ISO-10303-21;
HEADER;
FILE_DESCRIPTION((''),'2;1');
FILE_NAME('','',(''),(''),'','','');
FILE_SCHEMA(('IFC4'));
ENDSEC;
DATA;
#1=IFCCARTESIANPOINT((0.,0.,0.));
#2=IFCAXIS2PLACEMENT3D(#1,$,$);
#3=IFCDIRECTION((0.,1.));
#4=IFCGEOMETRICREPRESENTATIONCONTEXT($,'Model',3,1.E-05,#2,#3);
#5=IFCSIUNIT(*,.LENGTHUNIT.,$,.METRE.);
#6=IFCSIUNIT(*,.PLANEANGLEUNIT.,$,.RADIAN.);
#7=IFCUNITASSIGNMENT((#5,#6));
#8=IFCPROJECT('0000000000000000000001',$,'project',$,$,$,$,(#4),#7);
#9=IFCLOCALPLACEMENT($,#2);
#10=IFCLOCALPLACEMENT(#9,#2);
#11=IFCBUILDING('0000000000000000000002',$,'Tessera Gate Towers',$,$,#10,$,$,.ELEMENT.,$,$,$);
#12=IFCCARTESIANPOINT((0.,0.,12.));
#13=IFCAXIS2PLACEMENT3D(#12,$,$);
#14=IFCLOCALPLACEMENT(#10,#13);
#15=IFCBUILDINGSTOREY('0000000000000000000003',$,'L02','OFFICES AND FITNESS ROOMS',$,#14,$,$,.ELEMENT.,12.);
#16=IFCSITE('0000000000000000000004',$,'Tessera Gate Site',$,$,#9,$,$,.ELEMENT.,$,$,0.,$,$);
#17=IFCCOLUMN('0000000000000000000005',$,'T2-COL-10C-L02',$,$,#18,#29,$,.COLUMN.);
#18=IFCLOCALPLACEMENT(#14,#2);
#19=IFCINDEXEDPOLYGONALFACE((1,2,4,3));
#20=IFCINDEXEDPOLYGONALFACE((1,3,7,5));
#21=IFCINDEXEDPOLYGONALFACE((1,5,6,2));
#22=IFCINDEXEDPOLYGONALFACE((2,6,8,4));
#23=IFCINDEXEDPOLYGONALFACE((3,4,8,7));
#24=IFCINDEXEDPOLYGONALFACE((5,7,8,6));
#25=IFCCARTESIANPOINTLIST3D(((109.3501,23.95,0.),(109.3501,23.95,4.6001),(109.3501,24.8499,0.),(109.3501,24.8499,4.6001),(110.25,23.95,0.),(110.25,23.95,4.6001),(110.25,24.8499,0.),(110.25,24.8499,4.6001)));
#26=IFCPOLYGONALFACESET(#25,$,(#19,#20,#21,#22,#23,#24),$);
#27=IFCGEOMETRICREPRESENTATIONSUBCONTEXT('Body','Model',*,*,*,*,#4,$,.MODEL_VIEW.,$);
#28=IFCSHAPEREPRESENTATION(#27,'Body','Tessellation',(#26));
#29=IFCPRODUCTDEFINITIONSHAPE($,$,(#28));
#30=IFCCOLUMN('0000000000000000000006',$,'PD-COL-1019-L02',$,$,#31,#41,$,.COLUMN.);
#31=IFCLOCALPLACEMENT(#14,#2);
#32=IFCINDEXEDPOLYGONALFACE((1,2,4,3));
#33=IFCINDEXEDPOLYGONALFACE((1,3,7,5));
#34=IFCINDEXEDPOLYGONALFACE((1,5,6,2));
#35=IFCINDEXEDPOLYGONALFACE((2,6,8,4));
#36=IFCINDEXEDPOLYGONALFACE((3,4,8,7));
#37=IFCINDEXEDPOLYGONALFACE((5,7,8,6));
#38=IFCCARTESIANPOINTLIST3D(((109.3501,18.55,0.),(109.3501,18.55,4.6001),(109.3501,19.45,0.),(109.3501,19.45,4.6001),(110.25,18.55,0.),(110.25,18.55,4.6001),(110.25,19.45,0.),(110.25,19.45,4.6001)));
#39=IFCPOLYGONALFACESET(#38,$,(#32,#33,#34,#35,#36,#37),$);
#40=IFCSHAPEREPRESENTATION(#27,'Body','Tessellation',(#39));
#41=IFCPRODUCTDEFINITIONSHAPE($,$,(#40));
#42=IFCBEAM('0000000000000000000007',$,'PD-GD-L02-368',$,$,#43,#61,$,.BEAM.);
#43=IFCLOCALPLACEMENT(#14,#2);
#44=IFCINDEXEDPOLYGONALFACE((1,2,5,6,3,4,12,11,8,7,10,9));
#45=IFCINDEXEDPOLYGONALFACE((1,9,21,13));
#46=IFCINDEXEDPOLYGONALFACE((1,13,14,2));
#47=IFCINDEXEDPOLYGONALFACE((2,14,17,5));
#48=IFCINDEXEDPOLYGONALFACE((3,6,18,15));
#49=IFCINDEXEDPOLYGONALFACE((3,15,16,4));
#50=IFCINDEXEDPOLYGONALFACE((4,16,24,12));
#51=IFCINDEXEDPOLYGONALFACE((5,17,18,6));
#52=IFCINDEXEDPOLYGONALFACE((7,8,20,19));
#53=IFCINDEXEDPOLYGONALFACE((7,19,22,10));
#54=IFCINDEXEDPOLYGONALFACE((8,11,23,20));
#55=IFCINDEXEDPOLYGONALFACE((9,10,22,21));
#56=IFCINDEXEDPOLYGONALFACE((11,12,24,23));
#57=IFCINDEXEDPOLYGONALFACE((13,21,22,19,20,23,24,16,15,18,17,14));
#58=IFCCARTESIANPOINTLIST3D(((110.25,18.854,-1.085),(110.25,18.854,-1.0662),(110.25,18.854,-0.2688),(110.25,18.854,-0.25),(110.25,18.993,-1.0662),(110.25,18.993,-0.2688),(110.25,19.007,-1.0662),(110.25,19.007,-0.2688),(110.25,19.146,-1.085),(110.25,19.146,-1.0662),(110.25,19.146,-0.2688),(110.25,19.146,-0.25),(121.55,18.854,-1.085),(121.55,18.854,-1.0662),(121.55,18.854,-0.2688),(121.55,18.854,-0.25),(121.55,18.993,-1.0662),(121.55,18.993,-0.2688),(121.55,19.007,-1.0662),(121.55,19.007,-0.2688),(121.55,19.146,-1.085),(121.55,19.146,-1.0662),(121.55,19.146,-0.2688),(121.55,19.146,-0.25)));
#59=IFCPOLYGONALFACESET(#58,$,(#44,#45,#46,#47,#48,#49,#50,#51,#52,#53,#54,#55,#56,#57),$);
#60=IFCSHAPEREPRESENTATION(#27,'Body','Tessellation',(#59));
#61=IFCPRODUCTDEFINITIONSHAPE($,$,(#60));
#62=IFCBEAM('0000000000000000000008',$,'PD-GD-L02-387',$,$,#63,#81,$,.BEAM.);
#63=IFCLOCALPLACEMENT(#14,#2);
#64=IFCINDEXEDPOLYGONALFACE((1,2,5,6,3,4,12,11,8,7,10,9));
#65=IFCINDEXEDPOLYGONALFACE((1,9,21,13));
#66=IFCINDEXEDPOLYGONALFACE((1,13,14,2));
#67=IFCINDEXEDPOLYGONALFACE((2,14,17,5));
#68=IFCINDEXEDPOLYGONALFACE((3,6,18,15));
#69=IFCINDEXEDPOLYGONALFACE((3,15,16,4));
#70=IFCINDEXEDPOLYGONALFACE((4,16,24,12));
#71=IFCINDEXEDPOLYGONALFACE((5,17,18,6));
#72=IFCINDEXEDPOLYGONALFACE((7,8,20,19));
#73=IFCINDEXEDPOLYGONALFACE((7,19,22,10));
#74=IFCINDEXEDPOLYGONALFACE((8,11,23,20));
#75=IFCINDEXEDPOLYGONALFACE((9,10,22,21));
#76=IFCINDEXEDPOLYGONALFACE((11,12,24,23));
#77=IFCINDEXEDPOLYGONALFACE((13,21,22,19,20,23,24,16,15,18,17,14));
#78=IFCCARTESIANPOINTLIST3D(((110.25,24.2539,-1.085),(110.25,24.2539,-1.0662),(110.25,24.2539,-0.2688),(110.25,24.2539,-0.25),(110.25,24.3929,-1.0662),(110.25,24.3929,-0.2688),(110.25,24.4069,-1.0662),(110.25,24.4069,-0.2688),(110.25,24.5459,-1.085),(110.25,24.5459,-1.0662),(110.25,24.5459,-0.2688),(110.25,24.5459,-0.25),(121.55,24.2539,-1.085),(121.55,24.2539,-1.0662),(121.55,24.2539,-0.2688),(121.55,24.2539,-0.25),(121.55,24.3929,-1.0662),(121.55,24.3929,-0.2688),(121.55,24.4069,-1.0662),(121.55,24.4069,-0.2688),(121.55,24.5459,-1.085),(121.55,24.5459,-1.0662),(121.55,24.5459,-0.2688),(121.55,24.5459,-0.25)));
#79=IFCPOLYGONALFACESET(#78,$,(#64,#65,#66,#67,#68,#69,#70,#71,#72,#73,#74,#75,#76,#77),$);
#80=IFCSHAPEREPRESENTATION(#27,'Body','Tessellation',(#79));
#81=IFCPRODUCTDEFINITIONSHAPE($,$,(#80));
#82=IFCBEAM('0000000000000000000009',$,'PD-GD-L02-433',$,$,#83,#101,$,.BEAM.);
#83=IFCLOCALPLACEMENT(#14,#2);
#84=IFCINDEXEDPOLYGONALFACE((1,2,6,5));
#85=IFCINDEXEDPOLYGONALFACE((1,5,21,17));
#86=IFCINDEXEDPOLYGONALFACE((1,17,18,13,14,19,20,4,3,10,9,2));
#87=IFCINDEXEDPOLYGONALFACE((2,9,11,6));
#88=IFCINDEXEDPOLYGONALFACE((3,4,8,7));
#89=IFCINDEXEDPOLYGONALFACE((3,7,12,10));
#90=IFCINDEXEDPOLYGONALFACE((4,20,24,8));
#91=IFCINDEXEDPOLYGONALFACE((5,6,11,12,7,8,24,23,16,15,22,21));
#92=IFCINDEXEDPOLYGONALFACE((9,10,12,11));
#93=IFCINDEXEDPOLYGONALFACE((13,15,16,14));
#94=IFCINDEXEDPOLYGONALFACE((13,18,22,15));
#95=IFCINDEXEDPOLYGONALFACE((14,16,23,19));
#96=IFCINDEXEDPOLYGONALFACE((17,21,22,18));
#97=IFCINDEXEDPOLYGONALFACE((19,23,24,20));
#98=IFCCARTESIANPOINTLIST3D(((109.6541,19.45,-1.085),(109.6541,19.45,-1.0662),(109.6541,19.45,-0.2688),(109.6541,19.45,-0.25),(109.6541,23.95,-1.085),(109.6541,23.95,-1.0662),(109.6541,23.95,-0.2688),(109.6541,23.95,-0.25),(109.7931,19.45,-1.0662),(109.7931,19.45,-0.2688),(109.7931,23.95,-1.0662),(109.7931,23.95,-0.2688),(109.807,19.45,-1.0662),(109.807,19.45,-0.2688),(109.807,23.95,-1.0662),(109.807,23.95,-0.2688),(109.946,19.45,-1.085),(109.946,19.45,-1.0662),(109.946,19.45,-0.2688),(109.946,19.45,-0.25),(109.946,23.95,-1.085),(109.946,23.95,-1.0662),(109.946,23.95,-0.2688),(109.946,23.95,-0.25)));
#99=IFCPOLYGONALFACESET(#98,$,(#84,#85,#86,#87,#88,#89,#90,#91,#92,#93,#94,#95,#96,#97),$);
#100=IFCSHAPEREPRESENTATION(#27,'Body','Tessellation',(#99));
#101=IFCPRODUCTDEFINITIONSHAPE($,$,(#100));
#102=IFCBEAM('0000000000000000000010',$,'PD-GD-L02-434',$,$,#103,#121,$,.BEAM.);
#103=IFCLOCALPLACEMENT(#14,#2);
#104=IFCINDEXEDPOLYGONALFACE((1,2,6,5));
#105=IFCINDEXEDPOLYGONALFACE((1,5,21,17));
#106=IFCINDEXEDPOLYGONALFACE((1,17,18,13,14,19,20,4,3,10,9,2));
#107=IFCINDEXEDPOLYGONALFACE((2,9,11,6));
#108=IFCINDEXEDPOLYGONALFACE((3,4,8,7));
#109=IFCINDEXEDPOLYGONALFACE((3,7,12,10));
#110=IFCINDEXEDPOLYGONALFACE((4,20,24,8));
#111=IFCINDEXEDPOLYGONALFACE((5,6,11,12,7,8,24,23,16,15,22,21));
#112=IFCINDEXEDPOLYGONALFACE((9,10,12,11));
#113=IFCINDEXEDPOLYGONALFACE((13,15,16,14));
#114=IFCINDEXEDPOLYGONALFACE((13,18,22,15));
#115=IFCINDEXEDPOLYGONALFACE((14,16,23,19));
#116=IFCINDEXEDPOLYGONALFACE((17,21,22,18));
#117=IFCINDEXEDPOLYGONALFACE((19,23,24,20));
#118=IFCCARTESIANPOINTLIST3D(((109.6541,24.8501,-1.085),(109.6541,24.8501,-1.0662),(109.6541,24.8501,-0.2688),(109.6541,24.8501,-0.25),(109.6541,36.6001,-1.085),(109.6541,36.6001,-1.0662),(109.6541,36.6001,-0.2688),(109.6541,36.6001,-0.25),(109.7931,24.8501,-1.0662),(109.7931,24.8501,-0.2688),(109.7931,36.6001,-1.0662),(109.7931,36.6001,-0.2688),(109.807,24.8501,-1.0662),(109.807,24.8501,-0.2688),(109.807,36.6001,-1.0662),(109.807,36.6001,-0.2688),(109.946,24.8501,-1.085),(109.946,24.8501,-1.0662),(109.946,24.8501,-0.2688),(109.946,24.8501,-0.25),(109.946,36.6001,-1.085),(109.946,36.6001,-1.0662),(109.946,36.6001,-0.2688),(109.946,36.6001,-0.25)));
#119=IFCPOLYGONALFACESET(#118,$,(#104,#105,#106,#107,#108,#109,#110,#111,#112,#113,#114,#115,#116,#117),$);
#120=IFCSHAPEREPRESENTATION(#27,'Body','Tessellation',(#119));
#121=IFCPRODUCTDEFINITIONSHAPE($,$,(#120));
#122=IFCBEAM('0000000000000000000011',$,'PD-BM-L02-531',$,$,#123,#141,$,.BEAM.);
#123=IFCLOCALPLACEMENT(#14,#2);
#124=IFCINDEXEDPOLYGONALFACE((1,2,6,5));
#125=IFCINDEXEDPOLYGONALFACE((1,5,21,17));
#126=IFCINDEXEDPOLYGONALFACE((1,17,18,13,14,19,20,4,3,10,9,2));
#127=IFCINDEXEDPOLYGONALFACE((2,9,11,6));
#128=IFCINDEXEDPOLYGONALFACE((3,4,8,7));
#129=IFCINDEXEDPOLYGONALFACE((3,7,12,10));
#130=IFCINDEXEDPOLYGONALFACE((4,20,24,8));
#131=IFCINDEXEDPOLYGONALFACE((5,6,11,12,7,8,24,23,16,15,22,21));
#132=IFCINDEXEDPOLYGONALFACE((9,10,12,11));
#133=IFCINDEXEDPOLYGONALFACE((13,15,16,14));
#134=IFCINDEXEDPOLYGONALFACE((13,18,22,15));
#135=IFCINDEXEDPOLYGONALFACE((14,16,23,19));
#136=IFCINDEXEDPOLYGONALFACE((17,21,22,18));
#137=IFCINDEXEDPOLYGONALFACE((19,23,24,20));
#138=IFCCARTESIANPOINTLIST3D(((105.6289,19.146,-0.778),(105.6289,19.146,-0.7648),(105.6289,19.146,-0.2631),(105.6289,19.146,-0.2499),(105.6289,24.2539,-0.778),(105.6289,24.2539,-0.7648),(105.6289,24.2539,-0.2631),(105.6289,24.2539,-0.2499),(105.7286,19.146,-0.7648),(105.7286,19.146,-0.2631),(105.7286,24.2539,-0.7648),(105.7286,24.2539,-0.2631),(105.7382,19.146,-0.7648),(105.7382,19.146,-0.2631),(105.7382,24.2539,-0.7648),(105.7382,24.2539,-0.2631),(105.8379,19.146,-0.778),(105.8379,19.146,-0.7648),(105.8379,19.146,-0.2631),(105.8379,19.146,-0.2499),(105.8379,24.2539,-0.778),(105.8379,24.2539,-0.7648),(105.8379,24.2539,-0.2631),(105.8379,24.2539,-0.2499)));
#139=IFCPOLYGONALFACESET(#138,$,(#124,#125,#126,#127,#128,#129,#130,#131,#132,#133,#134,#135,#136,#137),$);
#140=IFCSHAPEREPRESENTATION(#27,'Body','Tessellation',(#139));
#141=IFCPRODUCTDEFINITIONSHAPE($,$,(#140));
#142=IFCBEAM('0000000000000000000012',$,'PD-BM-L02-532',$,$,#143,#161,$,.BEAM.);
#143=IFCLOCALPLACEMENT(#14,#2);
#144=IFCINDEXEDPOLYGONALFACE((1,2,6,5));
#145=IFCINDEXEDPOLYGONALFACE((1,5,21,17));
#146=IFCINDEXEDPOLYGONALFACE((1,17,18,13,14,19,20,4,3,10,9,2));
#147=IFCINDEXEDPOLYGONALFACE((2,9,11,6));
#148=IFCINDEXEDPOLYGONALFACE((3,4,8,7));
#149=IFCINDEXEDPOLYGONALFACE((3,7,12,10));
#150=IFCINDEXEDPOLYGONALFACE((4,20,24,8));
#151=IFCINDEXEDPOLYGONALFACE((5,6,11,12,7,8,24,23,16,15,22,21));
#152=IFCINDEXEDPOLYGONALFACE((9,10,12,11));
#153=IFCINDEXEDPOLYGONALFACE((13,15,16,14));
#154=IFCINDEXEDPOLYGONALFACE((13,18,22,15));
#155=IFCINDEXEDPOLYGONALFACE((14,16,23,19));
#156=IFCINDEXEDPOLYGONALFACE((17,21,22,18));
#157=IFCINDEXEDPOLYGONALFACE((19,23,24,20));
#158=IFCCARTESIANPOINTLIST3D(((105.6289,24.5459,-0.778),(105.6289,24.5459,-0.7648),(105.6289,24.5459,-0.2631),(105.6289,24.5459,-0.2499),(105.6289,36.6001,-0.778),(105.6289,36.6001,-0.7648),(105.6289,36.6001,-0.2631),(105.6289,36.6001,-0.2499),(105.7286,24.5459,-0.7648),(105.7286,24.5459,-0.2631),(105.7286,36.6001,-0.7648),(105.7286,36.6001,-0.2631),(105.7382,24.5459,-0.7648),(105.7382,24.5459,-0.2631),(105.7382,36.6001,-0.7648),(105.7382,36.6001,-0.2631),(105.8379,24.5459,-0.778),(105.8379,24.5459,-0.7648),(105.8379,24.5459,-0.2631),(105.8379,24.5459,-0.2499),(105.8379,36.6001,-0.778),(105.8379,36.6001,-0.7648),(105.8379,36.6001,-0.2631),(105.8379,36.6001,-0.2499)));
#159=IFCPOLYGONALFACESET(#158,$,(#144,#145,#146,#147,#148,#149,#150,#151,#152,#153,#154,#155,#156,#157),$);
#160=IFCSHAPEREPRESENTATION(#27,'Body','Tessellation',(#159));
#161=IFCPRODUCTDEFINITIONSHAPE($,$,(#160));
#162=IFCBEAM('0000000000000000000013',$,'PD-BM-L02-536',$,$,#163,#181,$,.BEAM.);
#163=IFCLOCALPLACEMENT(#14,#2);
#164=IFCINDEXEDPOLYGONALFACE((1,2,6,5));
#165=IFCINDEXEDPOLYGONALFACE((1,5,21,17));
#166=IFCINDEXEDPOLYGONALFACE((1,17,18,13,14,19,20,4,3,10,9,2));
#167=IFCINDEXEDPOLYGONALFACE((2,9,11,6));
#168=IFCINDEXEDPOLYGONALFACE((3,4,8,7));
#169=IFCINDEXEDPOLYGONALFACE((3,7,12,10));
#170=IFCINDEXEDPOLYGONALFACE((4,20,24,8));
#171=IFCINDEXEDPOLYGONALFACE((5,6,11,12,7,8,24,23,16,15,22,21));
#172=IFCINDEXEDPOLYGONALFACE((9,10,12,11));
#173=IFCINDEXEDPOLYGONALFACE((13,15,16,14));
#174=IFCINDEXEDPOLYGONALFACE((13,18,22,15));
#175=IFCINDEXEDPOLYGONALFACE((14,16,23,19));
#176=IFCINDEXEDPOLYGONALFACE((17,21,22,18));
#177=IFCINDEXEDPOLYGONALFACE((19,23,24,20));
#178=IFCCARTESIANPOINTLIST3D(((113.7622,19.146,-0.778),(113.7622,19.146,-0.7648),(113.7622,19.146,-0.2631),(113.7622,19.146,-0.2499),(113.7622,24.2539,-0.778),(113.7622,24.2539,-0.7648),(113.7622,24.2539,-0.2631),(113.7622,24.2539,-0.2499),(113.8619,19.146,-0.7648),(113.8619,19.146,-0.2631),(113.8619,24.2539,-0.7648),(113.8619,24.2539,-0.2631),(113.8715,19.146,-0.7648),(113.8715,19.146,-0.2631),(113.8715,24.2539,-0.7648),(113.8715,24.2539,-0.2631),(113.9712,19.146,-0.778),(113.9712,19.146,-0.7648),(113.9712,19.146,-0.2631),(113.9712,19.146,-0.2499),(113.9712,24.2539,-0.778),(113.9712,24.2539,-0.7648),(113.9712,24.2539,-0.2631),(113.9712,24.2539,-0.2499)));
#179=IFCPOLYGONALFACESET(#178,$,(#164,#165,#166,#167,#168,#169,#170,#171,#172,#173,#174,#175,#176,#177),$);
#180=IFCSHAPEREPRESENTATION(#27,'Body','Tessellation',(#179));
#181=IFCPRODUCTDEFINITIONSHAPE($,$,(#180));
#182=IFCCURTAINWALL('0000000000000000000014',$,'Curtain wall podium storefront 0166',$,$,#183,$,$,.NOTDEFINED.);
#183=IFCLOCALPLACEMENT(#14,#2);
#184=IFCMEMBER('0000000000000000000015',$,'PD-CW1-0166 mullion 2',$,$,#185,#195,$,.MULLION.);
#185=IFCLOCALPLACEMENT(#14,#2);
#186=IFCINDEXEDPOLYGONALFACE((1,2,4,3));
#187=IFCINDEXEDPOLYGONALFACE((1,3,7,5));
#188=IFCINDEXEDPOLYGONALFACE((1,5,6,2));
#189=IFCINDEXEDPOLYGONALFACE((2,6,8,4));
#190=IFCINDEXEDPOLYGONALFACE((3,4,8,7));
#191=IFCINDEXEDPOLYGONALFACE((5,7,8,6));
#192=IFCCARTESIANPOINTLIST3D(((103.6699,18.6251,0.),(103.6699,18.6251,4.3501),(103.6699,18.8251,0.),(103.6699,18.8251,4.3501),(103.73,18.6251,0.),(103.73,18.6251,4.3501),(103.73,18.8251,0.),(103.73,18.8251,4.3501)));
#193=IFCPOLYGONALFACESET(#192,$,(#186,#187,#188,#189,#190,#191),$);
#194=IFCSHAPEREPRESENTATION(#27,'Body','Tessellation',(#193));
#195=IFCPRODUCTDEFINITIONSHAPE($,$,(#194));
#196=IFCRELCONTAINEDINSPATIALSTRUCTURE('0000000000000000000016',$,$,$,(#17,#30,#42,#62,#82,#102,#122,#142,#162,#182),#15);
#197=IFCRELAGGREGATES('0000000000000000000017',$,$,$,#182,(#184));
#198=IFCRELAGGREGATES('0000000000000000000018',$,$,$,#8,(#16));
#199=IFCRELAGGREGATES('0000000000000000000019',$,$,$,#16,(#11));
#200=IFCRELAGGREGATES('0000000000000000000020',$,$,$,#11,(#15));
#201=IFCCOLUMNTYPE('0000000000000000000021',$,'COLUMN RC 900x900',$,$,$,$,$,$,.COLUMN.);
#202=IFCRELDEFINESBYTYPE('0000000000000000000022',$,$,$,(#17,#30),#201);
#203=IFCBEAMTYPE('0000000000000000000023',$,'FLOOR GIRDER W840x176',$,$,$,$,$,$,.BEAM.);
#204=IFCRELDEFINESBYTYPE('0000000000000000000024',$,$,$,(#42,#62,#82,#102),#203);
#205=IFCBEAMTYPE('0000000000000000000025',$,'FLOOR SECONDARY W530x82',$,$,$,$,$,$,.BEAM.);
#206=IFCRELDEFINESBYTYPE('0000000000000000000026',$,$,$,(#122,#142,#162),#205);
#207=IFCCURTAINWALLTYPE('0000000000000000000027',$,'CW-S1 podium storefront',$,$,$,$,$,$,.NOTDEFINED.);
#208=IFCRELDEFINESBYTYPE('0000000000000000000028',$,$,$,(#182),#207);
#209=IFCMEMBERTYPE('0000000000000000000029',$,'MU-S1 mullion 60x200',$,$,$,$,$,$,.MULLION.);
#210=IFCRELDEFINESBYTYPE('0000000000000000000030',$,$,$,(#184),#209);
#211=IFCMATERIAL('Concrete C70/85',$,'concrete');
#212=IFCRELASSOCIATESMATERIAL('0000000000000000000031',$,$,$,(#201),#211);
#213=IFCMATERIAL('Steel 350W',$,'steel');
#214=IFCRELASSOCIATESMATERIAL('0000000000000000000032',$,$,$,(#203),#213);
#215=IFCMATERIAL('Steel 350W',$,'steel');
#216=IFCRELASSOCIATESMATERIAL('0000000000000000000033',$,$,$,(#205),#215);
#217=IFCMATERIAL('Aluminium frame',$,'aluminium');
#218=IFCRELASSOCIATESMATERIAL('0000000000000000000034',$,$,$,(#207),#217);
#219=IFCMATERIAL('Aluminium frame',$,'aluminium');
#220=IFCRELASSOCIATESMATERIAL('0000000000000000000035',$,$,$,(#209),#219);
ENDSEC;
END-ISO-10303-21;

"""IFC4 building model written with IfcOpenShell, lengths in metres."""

from ifc_helpers import new_model, si_unit, direction, frame, origin, origin_2d, place, context, subcontext, project, spatial, rectangle, i_section, extrude, material, material_profile, profile_set, type_object, element, aggregate, save


model = new_model("IFC4")

# Units and contexts
model_context = context("Model", 3, precision=1e-05, world=origin(), true_north=direction((0.0, 1.0)))
body_context = subcontext(model_context, "Body", "Model", "MODEL_VIEW")
ifc_project = project(units=[si_unit("LENGTHUNIT", "METRE"), si_unit("PLANEANGLEUNIT", "RADIAN")], contexts=[model_context])

# Site, building, storey
site_placement = place(None, origin())
site = spatial("IfcSite", under=ifc_project, at=site_placement, Name="Tessera Gate Site", CompositionType="ELEMENT", RefElevation=0.0)
building_placement = place(site_placement, origin())
building = spatial("IfcBuilding", under=site, at=building_placement, Name="Tessera Gate Towers", CompositionType="ELEMENT")
storey_placement = place(building_placement, frame((0.0, 0.0, 12.0)))
storey = spatial("IfcBuildingStorey", under=building, at=storey_placement, Name="L02", Description="OFFICES AND FITNESS ROOMS", CompositionType="ELEMENT", Elevation=12.0)

# Columns
ifc_material_1 = material(Name="Concrete C70/85", Category="concrete")
ifc_material_profile_1 = material_profile(ifc_material_1, rectangle(XDim=0.8999, YDim=0.8999, at=origin_2d()), Name="RC 900x900")
ifc_profile_set_1 = profile_set([ifc_material_profile_1], Name="Concrete C70/85")
column_type = type_object("IfcColumnType", Name="COLUMN RC 900x900", PredefinedType="COLUMN", material=ifc_profile_set_1)
for number, where, z_axis, x_axis, name in (
    (1, (109.8, 24.3999, 0.0), (0.0, 0.0, 1.0), (1.0, 0.0, 0.0), "T2-COL-10C-L02"),
    (2, (109.8, 19.0, 0.0), (0.0, 0.0, 1.0), (1.0, 0.0, 0.0), "PD-COL-1019-L02"),
):
    element("IfcColumn", number, at=place(storey_placement, frame(where, z_axis=z_axis, x_axis=x_axis)), inside=storey, type_object=column_type, Name=name, PredefinedType="COLUMN", context=body_context, shape_type="SweptSolid", body=[
        extrude(rectangle(XDim=0.8999, YDim=0.8999, at=origin_2d()), origin(), (0.0, 0.0, 1.0), 4.6001),
    ])

# Beams
ifc_material_2 = material(Name="Steel 350W", Category="steel")
ifc_material_profile_2 = material_profile(ifc_material_2, i_section(OverallWidth=0.292, OverallDepth=0.835, WebThickness=0.0139, FlangeThickness=0.0188, at=origin_2d()), Name="W840x176")
ifc_profile_set_2 = profile_set([ifc_material_profile_2], Name="Steel 350W")
beam_type_1 = type_object("IfcBeamType", Name="FLOOR GIRDER W840x176", PredefinedType="BEAM", material=ifc_profile_set_2)
for number, where, z_axis, x_axis, name in (
    (3, (110.25, 19.0, -0.6675), (1.0, 0.0, 0.0), (0.0, 1.0, 0.0), "PD-GD-L02-368"),
    (4, (110.25, 24.3999, -0.6675), (1.0, 0.0, 0.0), (0.0, 1.0, 0.0), "PD-GD-L02-387"),
):
    element("IfcBeam", number, at=place(storey_placement, frame(where, z_axis=z_axis, x_axis=x_axis)), inside=storey, type_object=beam_type_1, Name=name, PredefinedType="BEAM", context=body_context, shape_type="SweptSolid", body=[
        extrude(i_section(OverallWidth=0.292, OverallDepth=0.835, WebThickness=0.0139, FlangeThickness=0.0188, at=origin_2d()), origin(), (0.0, 0.0, 1.0), 11.3),
    ])
beam_1_placement = place(storey_placement, frame((109.8, 19.45, -0.6675), z_axis=(0.0, 1.0, 0.0), x_axis=(-1.0, 0.0, 0.0)))
element("IfcBeam", 5, at=beam_1_placement, inside=storey, type_object=beam_type_1, Name="PD-GD-L02-433", PredefinedType="BEAM", context=body_context, shape_type="SweptSolid", body=[
    extrude(i_section(OverallWidth=0.292, OverallDepth=0.835, WebThickness=0.0139, FlangeThickness=0.0188, at=origin_2d()), origin(), (0.0, 0.0, 1.0), 4.5),
])
beam_2_placement = place(storey_placement, frame((109.8, 24.8501, -0.6675), z_axis=(0.0, 1.0, 0.0), x_axis=(-1.0, 0.0, 0.0)))
element("IfcBeam", 6, at=beam_2_placement, inside=storey, type_object=beam_type_1, Name="PD-GD-L02-434", PredefinedType="BEAM", context=body_context, shape_type="SweptSolid", body=[
    extrude(i_section(OverallWidth=0.292, OverallDepth=0.835, WebThickness=0.0139, FlangeThickness=0.0188, at=origin_2d()), origin(), (0.0, 0.0, 1.0), 11.75),
])
ifc_material_3 = material(Name="Steel 350W", Category="steel")
ifc_material_profile_3 = material_profile(ifc_material_3, i_section(OverallWidth=0.209, OverallDepth=0.5281, WebThickness=0.0095, FlangeThickness=0.0132, at=origin_2d()), Name="W530x82")
ifc_profile_set_3 = profile_set([ifc_material_profile_3], Name="Steel 350W")
beam_type_2 = type_object("IfcBeamType", Name="FLOOR SECONDARY W530x82", PredefinedType="BEAM", material=ifc_profile_set_3)
beam_3_placement = place(storey_placement, frame((105.7334, 19.146, -0.5139), z_axis=(0.0, 1.0, 0.0), x_axis=(-1.0, 0.0, 0.0)))
element("IfcBeam", 7, at=beam_3_placement, inside=storey, type_object=beam_type_2, Name="PD-BM-L02-531", PredefinedType="BEAM", context=body_context, shape_type="SweptSolid", body=[
    extrude(i_section(OverallWidth=0.209, OverallDepth=0.5281, WebThickness=0.0095, FlangeThickness=0.0132, at=origin_2d()), origin(), (0.0, 0.0, 1.0), 5.1079),
])
beam_4_placement = place(storey_placement, frame((105.7334, 24.5459, -0.5139), z_axis=(0.0, 1.0, 0.0), x_axis=(-1.0, 0.0, 0.0)))
element("IfcBeam", 8, at=beam_4_placement, inside=storey, type_object=beam_type_2, Name="PD-BM-L02-532", PredefinedType="BEAM", context=body_context, shape_type="SweptSolid", body=[
    extrude(i_section(OverallWidth=0.209, OverallDepth=0.5281, WebThickness=0.0095, FlangeThickness=0.0132, at=origin_2d()), origin(), (0.0, 0.0, 1.0), 12.0542),
])
beam_5_placement = place(storey_placement, frame((113.8667, 19.146, -0.5139), z_axis=(0.0, 1.0, 0.0), x_axis=(-1.0, 0.0, 0.0)))
element("IfcBeam", 9, at=beam_5_placement, inside=storey, type_object=beam_type_2, Name="PD-BM-L02-536", PredefinedType="BEAM", context=body_context, shape_type="SweptSolid", body=[
    extrude(i_section(OverallWidth=0.209, OverallDepth=0.5281, WebThickness=0.0095, FlangeThickness=0.0132, at=origin_2d()), origin(), (0.0, 0.0, 1.0), 5.1079),
])

# Curtain wall, member
ifc_material_4 = material(Name="Aluminium frame", Category="aluminium")
curtain_wall_type = type_object("IfcCurtainWallType", Name="CW-S1 podium storefront", PredefinedType="NOTDEFINED", material=ifc_material_4)
curtain_wall_1_placement = place(storey_placement, origin())
curtain_wall_1 = element("IfcCurtainWall", 10, at=curtain_wall_1_placement, inside=storey, type_object=curtain_wall_type, Name="Curtain wall podium storefront 0166", PredefinedType="NOTDEFINED")
ifc_material_5 = material(Name="Aluminium frame", Category="aluminium")
ifc_material_profile_4 = material_profile(ifc_material_5, rectangle(XDim=0.0601, YDim=0.2, at=origin_2d()), Name="AL 60x200")
ifc_profile_set_4 = profile_set([ifc_material_profile_4], Name="Aluminium frame")
member_type_1 = type_object("IfcMemberType", Name="MU-S1 mullion 60x200", PredefinedType="MULLION", material=ifc_profile_set_4)
member_1_placement = place(storey_placement, frame((103.7, 18.7251, 0.0), z_axis=(0.0, 0.0, 1.0), x_axis=(1.0, 0.0, 0.0)))
member_1 = element("IfcMember", 11, at=member_1_placement, type_object=member_type_1, Name="PD-CW1-0166 mullion 2", PredefinedType="MULLION", context=body_context, shape_type="SweptSolid", body=[
    extrude(rectangle(XDim=0.0601, YDim=0.2, at=origin_2d()), origin(), (0.0, 0.0, 1.0), 4.3501),
])

aggregate(curtain_wall_1, [member_1])

save(model, "model.ifc")
